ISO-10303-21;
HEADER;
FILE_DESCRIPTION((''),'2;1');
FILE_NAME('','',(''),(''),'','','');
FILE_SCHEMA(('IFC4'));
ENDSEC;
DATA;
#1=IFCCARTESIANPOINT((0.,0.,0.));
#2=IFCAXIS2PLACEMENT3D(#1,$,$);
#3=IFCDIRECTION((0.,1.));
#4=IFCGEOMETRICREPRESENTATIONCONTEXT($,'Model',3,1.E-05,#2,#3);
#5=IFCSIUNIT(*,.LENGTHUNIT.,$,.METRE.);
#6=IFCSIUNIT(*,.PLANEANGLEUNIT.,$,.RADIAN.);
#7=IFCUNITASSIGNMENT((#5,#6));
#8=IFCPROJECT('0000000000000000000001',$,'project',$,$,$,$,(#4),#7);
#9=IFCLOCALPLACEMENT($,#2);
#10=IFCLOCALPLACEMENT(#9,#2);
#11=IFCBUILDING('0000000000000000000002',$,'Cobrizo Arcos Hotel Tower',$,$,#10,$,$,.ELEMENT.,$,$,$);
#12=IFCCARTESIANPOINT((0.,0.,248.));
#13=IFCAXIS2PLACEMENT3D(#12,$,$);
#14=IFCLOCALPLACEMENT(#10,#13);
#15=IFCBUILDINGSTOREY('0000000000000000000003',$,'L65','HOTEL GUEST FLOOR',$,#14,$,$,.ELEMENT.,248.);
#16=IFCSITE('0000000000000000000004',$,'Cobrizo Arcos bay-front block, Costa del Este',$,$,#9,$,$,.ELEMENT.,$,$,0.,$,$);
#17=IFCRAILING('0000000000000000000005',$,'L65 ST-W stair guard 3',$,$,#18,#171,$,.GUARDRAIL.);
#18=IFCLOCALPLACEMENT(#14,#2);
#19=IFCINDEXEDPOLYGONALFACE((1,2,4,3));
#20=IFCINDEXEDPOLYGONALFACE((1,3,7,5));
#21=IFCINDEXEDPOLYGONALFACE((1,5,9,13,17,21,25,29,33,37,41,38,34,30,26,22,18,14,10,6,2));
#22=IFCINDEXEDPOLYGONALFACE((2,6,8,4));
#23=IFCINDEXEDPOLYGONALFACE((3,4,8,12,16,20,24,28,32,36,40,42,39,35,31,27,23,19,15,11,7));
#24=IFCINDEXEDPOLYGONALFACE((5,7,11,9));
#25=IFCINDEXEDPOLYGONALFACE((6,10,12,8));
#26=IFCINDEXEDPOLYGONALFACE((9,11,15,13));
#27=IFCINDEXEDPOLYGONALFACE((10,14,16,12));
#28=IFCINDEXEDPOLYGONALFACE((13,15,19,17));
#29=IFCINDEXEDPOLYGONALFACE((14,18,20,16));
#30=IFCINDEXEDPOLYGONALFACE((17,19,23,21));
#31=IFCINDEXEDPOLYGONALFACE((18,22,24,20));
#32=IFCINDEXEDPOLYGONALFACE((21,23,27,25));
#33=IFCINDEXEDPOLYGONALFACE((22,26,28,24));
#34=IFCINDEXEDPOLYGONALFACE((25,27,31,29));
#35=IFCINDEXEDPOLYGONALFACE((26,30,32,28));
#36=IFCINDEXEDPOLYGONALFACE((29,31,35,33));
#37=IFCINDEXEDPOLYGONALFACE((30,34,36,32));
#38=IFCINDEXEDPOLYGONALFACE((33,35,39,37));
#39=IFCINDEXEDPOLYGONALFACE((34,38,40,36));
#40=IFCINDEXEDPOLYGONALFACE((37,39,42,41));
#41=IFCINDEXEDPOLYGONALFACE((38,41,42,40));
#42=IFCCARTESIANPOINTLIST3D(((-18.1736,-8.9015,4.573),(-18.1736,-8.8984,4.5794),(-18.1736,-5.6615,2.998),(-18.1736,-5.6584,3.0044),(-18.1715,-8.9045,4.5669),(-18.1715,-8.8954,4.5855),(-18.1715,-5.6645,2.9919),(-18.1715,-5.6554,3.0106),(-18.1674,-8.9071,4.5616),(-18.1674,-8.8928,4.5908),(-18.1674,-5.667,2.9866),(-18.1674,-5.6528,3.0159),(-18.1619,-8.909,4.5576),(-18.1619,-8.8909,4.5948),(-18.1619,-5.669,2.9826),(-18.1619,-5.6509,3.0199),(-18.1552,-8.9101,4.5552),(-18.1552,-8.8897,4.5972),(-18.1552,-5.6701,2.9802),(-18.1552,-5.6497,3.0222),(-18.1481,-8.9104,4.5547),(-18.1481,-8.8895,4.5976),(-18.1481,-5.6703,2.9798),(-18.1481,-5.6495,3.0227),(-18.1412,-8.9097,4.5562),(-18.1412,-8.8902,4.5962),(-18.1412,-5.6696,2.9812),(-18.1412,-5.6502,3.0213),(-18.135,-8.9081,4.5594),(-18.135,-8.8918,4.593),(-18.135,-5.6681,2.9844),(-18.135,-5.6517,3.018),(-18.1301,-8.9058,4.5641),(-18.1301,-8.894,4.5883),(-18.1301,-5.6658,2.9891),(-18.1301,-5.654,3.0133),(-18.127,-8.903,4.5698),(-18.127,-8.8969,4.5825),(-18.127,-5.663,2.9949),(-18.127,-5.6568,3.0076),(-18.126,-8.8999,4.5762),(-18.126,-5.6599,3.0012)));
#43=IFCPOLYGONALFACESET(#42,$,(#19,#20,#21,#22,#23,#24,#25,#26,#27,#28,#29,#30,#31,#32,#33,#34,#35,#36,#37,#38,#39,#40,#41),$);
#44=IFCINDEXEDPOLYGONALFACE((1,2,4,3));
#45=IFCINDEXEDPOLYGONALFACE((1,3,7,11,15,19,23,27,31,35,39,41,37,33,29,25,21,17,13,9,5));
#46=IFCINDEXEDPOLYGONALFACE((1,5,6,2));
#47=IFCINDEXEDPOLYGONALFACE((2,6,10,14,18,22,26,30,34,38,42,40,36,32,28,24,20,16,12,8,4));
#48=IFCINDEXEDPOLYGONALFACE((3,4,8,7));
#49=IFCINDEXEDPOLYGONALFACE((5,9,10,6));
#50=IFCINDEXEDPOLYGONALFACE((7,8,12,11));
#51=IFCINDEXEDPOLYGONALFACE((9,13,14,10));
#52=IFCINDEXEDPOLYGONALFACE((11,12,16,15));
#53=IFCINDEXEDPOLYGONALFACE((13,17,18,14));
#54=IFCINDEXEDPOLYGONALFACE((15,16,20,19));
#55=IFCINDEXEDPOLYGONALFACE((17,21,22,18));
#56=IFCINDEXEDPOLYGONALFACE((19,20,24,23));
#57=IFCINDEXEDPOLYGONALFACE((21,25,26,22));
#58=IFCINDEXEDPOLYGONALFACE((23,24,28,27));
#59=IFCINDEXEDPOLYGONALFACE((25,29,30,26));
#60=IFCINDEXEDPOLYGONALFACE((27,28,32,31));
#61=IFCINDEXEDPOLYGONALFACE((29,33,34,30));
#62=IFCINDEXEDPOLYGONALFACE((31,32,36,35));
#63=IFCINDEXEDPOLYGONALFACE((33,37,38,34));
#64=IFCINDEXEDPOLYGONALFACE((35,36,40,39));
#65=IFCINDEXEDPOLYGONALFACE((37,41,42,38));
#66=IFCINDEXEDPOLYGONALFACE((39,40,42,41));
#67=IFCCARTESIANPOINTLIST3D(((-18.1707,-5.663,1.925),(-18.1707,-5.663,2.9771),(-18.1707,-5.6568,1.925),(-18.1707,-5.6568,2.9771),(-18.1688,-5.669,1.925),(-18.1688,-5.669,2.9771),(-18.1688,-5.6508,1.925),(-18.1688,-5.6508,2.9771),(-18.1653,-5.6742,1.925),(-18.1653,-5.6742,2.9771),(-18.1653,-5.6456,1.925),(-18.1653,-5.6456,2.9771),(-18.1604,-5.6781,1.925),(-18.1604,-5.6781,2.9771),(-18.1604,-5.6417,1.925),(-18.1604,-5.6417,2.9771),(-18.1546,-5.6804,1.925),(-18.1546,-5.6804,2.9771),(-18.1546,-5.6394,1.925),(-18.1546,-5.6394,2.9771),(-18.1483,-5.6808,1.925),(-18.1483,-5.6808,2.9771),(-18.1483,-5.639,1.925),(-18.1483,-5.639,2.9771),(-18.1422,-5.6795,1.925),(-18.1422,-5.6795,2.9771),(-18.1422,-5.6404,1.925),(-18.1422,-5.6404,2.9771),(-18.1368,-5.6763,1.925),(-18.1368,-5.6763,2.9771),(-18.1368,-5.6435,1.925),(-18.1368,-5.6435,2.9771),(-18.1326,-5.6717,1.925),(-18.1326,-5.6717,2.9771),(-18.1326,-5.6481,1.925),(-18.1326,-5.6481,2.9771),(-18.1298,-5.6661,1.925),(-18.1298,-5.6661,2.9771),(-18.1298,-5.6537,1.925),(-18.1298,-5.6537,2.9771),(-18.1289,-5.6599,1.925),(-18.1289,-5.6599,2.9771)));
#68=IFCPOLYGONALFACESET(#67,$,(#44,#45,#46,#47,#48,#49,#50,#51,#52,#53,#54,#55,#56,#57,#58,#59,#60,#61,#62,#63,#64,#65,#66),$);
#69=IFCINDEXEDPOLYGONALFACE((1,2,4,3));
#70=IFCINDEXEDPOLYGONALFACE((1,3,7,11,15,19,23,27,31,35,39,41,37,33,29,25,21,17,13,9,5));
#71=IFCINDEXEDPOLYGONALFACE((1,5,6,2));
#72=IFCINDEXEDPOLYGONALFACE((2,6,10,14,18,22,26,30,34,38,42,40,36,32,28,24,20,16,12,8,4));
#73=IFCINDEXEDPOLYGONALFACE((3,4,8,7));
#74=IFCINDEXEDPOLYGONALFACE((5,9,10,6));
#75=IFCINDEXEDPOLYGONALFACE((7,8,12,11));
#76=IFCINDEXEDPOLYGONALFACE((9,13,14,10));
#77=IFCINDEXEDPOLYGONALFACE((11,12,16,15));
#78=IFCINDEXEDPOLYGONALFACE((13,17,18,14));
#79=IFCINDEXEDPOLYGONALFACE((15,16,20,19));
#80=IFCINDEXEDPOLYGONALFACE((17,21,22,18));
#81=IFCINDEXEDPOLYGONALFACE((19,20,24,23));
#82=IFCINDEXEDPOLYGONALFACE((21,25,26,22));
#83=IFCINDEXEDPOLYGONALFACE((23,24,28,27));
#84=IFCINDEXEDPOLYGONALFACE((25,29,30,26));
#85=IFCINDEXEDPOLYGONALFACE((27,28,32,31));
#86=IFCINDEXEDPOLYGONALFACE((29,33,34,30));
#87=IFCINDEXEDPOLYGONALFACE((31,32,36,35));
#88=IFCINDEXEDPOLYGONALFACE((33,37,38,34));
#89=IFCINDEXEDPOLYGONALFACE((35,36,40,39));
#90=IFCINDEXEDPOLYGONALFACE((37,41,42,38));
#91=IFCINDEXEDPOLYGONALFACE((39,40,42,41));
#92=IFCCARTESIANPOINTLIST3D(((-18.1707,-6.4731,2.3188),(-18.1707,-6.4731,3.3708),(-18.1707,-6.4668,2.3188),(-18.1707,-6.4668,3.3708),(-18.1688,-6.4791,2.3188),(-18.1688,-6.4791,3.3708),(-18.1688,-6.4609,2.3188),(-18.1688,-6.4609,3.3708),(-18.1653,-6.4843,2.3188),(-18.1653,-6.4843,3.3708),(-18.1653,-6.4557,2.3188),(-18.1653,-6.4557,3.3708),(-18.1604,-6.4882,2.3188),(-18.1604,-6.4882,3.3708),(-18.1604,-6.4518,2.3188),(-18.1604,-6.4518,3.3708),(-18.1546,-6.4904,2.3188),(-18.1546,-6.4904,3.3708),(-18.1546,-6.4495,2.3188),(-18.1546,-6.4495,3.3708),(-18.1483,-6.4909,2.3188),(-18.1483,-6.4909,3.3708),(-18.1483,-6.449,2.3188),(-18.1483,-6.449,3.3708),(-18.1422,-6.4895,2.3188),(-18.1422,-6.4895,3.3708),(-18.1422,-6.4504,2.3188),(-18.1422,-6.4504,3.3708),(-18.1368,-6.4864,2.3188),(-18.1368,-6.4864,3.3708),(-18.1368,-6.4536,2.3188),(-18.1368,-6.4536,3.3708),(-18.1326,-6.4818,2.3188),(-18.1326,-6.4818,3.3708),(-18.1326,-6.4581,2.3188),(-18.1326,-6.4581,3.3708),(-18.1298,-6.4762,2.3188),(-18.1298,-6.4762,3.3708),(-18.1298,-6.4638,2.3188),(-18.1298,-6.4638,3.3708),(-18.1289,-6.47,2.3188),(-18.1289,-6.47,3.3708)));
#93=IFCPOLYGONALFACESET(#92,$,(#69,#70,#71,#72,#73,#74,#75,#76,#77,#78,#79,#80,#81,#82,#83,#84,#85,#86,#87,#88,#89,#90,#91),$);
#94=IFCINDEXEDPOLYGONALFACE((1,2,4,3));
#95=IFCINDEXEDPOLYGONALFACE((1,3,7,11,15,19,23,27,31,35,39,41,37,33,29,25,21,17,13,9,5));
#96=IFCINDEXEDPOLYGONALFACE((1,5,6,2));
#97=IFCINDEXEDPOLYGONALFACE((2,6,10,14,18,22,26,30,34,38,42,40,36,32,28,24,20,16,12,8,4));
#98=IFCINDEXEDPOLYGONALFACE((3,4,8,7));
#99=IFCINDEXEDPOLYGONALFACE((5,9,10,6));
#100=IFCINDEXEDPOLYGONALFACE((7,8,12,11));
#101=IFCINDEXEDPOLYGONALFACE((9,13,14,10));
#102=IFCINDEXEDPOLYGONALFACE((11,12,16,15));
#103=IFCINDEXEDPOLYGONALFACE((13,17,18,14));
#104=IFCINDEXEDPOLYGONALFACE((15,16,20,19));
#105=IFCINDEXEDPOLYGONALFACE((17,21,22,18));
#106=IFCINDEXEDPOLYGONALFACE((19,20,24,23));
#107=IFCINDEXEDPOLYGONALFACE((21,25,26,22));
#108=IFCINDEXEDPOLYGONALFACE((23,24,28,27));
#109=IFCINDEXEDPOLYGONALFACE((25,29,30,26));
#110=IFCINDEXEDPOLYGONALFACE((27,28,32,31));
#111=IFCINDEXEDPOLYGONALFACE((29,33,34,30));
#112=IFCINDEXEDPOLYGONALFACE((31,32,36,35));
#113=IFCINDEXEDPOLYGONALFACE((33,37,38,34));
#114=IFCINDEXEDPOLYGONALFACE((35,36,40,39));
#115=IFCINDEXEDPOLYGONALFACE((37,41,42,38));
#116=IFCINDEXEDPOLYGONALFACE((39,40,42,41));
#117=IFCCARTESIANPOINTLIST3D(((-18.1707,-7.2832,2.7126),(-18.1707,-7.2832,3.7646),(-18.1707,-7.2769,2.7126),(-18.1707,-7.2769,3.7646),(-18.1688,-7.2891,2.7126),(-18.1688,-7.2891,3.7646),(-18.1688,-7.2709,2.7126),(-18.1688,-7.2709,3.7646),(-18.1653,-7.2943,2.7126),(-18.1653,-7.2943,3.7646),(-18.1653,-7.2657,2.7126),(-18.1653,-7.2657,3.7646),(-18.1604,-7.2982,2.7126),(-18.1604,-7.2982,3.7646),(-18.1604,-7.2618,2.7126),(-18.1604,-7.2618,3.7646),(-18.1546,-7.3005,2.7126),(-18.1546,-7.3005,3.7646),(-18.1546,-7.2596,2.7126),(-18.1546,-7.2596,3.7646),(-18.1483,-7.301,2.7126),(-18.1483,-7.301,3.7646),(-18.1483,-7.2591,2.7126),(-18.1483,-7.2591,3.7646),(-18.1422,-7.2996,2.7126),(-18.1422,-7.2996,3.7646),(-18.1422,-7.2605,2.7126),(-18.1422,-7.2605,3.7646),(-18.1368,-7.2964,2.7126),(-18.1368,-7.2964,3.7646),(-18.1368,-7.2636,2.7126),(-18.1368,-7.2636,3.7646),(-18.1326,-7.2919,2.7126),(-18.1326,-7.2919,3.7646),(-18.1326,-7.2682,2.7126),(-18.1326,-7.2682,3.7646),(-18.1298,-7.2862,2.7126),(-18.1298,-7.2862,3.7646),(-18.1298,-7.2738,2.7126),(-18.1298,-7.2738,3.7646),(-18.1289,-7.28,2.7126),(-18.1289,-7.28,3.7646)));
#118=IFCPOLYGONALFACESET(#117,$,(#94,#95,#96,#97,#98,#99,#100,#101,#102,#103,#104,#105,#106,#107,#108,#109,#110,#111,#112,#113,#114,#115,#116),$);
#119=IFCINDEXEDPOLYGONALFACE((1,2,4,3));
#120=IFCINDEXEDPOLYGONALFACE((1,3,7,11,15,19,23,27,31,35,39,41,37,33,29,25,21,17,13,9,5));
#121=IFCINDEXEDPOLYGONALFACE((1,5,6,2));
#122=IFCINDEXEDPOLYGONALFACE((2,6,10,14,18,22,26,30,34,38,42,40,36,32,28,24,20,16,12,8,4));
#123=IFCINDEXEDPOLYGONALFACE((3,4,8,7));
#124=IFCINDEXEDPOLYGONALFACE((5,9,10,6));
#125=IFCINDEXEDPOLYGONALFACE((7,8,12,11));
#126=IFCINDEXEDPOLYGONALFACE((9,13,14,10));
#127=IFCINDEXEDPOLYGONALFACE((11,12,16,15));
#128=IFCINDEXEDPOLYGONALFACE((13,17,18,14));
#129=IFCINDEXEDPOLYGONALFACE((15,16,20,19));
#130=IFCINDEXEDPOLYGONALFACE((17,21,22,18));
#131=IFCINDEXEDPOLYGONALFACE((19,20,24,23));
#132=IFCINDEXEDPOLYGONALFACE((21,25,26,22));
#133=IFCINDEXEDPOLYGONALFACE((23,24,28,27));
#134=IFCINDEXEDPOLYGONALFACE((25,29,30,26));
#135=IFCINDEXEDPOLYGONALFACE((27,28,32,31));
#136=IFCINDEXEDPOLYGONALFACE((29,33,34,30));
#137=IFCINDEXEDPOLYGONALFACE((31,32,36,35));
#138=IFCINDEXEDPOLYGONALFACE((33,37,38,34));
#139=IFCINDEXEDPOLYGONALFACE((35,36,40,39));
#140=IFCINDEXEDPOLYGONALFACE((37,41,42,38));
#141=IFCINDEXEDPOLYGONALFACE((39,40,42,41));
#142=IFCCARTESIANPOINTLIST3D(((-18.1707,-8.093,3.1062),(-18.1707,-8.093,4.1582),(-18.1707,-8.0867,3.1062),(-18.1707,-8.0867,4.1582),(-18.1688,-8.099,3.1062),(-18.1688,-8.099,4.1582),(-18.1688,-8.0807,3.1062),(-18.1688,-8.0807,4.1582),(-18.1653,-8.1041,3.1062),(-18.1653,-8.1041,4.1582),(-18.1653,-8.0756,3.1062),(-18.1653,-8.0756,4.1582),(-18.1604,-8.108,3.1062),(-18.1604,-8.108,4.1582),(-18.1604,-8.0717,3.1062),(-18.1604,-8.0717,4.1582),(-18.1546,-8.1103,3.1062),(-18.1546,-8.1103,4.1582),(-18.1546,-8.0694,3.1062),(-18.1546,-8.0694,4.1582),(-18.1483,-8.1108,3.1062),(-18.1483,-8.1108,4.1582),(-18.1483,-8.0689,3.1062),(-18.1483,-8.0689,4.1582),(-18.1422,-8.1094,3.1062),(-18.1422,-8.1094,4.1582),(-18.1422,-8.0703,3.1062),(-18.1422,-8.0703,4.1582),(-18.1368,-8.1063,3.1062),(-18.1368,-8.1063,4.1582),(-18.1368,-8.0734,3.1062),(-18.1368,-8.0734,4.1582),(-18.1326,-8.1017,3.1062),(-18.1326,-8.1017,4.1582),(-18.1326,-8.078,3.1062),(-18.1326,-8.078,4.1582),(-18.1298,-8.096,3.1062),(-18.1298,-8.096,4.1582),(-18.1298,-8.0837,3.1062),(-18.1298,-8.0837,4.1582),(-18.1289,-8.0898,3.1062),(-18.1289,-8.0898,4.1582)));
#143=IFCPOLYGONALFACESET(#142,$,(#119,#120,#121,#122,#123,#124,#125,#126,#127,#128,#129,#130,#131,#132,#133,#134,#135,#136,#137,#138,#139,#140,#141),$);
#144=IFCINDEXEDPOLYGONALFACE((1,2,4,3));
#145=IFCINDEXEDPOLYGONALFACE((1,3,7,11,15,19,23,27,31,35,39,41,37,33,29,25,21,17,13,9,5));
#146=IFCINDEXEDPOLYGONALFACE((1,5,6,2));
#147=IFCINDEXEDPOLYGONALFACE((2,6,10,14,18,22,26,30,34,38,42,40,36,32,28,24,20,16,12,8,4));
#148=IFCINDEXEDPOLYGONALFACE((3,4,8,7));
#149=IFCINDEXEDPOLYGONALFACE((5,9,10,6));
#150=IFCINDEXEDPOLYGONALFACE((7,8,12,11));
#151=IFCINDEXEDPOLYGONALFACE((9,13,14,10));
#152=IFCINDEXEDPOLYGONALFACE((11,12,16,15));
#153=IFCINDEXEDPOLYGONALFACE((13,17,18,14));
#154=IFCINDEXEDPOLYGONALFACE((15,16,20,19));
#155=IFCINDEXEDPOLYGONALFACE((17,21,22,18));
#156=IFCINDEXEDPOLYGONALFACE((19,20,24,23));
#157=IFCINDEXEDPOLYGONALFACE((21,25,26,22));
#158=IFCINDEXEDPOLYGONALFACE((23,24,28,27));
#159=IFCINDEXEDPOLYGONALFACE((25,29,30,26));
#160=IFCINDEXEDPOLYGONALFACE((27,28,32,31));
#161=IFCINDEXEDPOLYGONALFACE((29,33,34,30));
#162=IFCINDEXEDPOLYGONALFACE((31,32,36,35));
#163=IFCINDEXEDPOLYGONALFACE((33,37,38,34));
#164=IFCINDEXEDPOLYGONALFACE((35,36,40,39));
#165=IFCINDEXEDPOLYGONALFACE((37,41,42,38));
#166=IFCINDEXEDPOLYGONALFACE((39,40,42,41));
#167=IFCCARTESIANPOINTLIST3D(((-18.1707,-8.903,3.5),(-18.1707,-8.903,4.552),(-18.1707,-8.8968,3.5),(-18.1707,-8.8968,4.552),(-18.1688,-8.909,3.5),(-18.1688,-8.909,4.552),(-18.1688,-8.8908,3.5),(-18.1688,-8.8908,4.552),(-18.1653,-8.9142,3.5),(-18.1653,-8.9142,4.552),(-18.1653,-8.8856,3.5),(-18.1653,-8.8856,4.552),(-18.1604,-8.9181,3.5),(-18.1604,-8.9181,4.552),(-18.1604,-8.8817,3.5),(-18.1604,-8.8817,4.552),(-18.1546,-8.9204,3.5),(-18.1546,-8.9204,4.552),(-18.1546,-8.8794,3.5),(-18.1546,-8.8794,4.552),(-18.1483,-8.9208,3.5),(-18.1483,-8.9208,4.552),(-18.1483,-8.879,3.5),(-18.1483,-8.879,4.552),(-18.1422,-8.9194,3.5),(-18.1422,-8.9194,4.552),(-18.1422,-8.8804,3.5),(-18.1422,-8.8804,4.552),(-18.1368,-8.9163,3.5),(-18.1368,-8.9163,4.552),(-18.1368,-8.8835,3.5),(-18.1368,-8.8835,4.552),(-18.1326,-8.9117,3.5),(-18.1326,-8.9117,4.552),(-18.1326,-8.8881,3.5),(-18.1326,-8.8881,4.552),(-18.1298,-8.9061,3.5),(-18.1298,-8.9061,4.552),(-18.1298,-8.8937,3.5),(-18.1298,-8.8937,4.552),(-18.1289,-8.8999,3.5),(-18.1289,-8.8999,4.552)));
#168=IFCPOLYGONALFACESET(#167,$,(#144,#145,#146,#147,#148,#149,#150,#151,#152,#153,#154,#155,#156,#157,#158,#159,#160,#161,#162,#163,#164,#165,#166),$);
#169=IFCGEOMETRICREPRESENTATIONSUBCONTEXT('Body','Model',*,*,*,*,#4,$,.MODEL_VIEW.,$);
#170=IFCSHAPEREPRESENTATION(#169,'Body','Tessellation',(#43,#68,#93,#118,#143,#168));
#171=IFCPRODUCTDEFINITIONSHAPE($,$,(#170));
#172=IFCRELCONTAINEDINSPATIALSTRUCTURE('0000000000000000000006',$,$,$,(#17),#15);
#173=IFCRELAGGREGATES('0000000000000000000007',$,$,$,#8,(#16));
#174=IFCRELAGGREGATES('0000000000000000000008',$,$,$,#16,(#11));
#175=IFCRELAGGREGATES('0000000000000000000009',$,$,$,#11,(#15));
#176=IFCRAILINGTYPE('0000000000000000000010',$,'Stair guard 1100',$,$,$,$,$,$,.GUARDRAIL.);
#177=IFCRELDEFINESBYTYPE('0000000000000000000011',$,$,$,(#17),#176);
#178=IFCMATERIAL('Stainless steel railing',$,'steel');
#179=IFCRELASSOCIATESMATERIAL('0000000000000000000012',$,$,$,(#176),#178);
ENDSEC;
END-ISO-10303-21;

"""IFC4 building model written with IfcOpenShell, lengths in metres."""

from ifc_helpers import new_model, si_unit, direction, frame, origin, origin_2d, place, context, subcontext, project, spatial, circle, extrude, material, type_object, element, save


model = new_model("IFC4")

# Units and contexts
model_context = context("Model", 3, precision=1e-05, world=origin(), true_north=direction((0.0, 1.0)))
body_context = subcontext(model_context, "Body", "Model", "MODEL_VIEW")
ifc_project = project(units=[si_unit("LENGTHUNIT", "METRE"), si_unit("PLANEANGLEUNIT", "RADIAN")], contexts=[model_context])

# Site, building, storey
site_placement = place(None, origin())
site = spatial("IfcSite", under=ifc_project, at=site_placement, Name="Cobrizo Arcos bay-front block, Costa del Este", CompositionType="ELEMENT", RefElevation=0.0)
building_placement = place(site_placement, origin())
building = spatial("IfcBuilding", under=site, at=building_placement, Name="Cobrizo Arcos Hotel Tower", CompositionType="ELEMENT")
storey_placement = place(building_placement, frame((0.0, 0.0, 248.0)))
storey = spatial("IfcBuildingStorey", under=building, at=storey_placement, Name="L65", Description="HOTEL GUEST FLOOR", CompositionType="ELEMENT", Elevation=248.0)

# Railing
ifc_material_1 = material(Name="Stainless steel railing", Category="steel")
railing_type_1 = type_object("IfcRailingType", Name="Stair guard 1100", PredefinedType="GUARDRAIL", material=ifc_material_1)
railing_1_placement = place(storey_placement, frame((-18.1499, -5.6599, 1.925)))
element("IfcRailing", 1, at=railing_1_placement, inside=storey, type_object=railing_type_1, Name="L65 ST-W stair guard 3", PredefinedType="GUARDRAIL", context=body_context, shape_type="SweptSolid", body=[
    extrude(circle(Radius=0.0239, at=origin_2d()), frame((0.0, 0.0, 1.0762), z_axis=(0.0, -0.899373, 0.437183), x_axis=(1.0, 0.0, 0.0)), (0.0, 0.0, 1.0), 3.6025),
    extrude(circle(Radius=0.021, at=origin_2d()), origin(), (0.0, 0.0, 1.0), 1.052),
    extrude(circle(Radius=0.021, at=origin_2d()), frame((0.0, -0.8101, 0.3938)), (0.0, 0.0, 1.0), 1.052),
    extrude(circle(Radius=0.021, at=origin_2d()), frame((0.0, -1.6201, 0.7876)), (0.0, 0.0, 1.0), 1.052),
    extrude(circle(Radius=0.021, at=origin_2d()), frame((0.0, -2.4299, 1.1812)), (0.0, 0.0, 1.0), 1.052),
    extrude(circle(Radius=0.021, at=origin_2d()), frame((0.0, -3.24, 1.575)), (0.0, 0.0, 1.0), 1.052),
])

save(model, "model.ifc")
